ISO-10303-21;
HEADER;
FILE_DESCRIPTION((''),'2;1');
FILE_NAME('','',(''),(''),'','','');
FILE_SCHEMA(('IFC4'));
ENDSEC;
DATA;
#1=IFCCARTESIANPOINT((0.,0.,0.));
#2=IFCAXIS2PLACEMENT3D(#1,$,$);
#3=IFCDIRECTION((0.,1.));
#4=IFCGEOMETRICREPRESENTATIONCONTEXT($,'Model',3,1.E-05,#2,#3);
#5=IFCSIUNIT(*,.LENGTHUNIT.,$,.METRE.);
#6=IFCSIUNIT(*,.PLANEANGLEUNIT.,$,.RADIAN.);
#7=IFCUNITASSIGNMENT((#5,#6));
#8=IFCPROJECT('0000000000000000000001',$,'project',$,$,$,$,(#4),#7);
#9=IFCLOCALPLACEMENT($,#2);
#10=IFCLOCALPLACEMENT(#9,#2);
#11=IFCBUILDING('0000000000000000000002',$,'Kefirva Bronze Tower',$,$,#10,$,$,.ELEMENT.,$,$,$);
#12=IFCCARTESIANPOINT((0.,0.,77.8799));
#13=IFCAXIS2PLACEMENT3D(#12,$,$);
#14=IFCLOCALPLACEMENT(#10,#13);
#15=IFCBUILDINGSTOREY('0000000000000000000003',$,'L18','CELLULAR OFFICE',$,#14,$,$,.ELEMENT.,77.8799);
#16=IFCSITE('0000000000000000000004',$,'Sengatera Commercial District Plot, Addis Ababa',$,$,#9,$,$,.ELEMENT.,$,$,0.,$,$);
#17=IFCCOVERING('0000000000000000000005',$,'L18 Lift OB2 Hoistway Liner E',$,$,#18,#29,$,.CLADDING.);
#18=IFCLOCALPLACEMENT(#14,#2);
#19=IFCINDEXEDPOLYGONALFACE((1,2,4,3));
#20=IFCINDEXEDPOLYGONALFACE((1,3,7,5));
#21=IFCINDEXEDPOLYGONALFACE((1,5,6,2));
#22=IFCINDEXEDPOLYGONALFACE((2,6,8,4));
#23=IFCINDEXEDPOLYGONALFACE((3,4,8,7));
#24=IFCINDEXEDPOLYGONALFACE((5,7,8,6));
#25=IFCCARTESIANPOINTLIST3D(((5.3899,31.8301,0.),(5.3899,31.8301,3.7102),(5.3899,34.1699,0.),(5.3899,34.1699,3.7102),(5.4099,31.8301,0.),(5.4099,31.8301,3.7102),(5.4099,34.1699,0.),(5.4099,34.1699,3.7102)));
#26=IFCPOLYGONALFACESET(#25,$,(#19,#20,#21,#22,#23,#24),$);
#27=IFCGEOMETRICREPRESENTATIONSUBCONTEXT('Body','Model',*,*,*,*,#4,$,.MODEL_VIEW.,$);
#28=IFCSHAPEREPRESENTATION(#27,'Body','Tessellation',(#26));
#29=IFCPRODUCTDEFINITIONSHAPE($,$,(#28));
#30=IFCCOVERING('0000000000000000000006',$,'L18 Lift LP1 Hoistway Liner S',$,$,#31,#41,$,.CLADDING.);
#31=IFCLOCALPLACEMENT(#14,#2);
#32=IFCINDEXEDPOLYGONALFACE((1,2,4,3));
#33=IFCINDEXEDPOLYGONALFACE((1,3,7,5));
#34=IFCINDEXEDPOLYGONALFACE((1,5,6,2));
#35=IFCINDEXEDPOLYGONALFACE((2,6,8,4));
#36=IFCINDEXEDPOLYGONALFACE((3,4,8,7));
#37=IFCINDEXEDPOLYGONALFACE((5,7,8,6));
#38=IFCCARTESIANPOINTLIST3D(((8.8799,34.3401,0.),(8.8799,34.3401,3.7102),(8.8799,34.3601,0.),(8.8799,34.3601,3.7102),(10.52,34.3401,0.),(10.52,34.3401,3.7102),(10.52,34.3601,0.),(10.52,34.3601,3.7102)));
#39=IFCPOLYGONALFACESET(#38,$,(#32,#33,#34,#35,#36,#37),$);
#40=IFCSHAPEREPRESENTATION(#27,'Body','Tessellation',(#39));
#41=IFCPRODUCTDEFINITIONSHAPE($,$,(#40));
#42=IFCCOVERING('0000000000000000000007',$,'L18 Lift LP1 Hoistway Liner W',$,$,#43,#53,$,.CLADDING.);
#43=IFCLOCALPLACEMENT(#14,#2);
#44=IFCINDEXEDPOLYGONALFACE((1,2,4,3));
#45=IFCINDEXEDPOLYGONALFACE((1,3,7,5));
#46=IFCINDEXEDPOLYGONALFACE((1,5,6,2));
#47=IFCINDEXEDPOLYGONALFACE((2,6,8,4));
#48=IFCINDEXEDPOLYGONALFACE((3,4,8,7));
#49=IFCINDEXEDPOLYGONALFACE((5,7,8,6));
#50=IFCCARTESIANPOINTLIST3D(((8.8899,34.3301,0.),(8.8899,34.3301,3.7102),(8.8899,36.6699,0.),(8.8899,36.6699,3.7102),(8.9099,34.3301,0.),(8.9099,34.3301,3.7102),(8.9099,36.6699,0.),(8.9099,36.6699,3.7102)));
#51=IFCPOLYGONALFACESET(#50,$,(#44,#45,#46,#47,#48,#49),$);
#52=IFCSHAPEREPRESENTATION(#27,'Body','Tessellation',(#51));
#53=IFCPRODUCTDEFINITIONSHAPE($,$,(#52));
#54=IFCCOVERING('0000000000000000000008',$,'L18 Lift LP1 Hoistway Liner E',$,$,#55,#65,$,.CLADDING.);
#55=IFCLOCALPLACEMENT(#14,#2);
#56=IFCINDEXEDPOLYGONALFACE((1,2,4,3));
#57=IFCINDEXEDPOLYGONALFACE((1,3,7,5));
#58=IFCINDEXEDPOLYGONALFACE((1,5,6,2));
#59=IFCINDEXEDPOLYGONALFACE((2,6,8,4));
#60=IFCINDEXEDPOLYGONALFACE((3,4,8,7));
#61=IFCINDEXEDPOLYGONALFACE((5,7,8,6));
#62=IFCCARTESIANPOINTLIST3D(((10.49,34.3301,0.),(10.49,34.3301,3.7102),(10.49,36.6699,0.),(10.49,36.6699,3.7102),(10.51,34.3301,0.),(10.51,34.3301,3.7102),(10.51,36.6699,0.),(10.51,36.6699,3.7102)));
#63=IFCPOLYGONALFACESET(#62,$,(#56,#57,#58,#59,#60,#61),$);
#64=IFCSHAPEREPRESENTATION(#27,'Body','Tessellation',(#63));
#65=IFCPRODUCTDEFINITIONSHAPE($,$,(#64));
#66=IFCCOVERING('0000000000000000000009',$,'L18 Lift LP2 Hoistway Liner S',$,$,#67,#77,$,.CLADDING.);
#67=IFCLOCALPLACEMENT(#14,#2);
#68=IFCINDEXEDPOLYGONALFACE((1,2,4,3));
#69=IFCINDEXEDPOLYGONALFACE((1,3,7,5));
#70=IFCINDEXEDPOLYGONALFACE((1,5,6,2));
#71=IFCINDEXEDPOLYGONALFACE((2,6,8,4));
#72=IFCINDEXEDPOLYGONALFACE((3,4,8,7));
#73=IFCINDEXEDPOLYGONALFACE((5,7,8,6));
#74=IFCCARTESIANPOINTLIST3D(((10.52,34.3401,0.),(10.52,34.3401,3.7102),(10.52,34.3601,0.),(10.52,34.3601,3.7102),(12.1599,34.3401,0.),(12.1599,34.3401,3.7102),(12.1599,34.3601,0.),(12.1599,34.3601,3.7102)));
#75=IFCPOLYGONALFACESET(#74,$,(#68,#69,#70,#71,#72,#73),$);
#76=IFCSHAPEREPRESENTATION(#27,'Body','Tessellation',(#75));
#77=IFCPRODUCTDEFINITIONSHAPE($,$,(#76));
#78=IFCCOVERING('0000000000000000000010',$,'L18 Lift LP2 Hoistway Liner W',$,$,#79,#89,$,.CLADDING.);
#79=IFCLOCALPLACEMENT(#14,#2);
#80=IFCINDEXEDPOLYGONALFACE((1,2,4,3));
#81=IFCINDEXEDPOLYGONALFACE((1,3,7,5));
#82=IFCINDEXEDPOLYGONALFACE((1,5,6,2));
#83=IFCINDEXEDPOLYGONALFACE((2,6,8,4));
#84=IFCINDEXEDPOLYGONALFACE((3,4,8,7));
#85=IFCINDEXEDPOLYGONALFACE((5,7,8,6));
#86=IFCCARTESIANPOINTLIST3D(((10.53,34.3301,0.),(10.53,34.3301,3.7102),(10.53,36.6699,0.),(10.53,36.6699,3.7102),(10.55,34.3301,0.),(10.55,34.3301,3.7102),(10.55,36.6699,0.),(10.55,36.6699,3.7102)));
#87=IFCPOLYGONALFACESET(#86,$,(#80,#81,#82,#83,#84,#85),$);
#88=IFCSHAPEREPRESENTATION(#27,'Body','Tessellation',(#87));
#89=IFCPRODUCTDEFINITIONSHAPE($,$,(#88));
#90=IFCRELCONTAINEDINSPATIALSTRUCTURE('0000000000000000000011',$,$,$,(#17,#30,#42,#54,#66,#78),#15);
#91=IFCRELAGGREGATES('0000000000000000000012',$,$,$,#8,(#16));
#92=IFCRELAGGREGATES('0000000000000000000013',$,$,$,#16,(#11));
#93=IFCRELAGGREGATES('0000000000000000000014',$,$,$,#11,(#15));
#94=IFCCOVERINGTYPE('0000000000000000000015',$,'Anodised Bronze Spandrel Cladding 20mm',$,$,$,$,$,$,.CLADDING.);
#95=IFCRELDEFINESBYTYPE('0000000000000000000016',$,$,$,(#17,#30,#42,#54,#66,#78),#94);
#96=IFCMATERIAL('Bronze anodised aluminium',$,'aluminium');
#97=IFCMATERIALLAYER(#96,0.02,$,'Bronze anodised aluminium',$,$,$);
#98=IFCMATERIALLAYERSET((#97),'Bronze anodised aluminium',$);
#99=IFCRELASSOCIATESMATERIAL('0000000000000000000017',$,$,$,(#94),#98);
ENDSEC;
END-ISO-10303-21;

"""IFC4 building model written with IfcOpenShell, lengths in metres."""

from ifc_helpers import new_model, si_unit, direction, frame, origin, place, context, subcontext, project, spatial, polyline, outline, extrude, material, layer, layer_set, type_object, element, save


model = new_model("IFC4")

# Units and contexts
model_context = context("Model", 3, precision=1e-05, world=origin(), true_north=direction((0.0, 1.0)))
body_context = subcontext(model_context, "Body", "Model", "MODEL_VIEW")
ifc_project = project(units=[si_unit("LENGTHUNIT", "METRE"), si_unit("PLANEANGLEUNIT", "RADIAN")], contexts=[model_context])

# Site, building, storey
site_placement = place(None, origin())
site = spatial("IfcSite", under=ifc_project, at=site_placement, Name="Sengatera Commercial District Plot, Addis Ababa", CompositionType="ELEMENT", RefElevation=0.0)
building_placement = place(site_placement, origin())
building = spatial("IfcBuilding", under=site, at=building_placement, Name="Kefirva Bronze Tower", CompositionType="ELEMENT")
storey_placement = place(building_placement, frame((0.0, 0.0, 77.8799)))
storey = spatial("IfcBuildingStorey", under=building, at=storey_placement, Name="L18", Description="CELLULAR OFFICE", CompositionType="ELEMENT", Elevation=77.8799)

# Coverings
ifc_material_1 = material(Name="Bronze anodised aluminium", Category="aluminium")
ifc_layer_1 = layer(ifc_material_1, 0.02, Name="Bronze anodised aluminium")
ifc_layer_set_1 = layer_set([ifc_layer_1], Name="Bronze anodised aluminium")
covering_type = type_object("IfcCoveringType", Name="Anodised Bronze Spandrel Cladding 20mm", PredefinedType="CLADDING", material=ifc_layer_set_1)
covering_1_placement = place(storey_placement, origin())
element("IfcCovering", 1, at=covering_1_placement, inside=storey, type_object=covering_type, Name="L18 Lift OB2 Hoistway Liner E", PredefinedType="CLADDING", context=body_context, shape_type="SweptSolid", body=[
    extrude(outline(polyline([(5.3899, 31.8301), (5.4099, 31.8301), (5.4099, 34.1699), (5.3899, 34.1699), (5.3899, 31.8301)])), origin(), (0.0, 0.0, 1.0), 3.7102),
])
covering_2_placement = place(storey_placement, origin())
element("IfcCovering", 2, at=covering_2_placement, inside=storey, type_object=covering_type, Name="L18 Lift LP1 Hoistway Liner S", PredefinedType="CLADDING", context=body_context, shape_type="SweptSolid", body=[
    extrude(outline(polyline([(8.8799, 34.3401), (10.52, 34.3401), (10.52, 34.3601), (8.8799, 34.3601), (8.8799, 34.3401)])), origin(), (0.0, 0.0, 1.0), 3.7102),
])
covering_3_placement = place(storey_placement, origin())
element("IfcCovering", 3, at=covering_3_placement, inside=storey, type_object=covering_type, Name="L18 Lift LP1 Hoistway Liner W", PredefinedType="CLADDING", context=body_context, shape_type="SweptSolid", body=[
    extrude(outline(polyline([(8.8899, 34.3301), (8.9099, 34.3301), (8.9099, 36.6699), (8.8899, 36.6699), (8.8899, 34.3301)])), origin(), (0.0, 0.0, 1.0), 3.7102),
])
covering_4_placement = place(storey_placement, origin())
element("IfcCovering", 4, at=covering_4_placement, inside=storey, type_object=covering_type, Name="L18 Lift LP1 Hoistway Liner E", PredefinedType="CLADDING", context=body_context, shape_type="SweptSolid", body=[
    extrude(outline(polyline([(10.49, 34.3301), (10.51, 34.3301), (10.51, 36.6699), (10.49, 36.6699), (10.49, 34.3301)])), origin(), (0.0, 0.0, 1.0), 3.7102),
])
covering_5_placement = place(storey_placement, origin())
element("IfcCovering", 5, at=covering_5_placement, inside=storey, type_object=covering_type, Name="L18 Lift LP2 Hoistway Liner S", PredefinedType="CLADDING", context=body_context, shape_type="SweptSolid", body=[
    extrude(outline(polyline([(10.52, 34.3401), (12.1599, 34.3401), (12.1599, 34.3601), (10.52, 34.3601), (10.52, 34.3401)])), origin(), (0.0, 0.0, 1.0), 3.7102),
])
covering_6_placement = place(storey_placement, origin())
element("IfcCovering", 6, at=covering_6_placement, inside=storey, type_object=covering_type, Name="L18 Lift LP2 Hoistway Liner W", PredefinedType="CLADDING", context=body_context, shape_type="SweptSolid", body=[
    extrude(outline(polyline([(10.53, 34.3301), (10.55, 34.3301), (10.55, 36.6699), (10.53, 36.6699), (10.53, 34.3301)])), origin(), (0.0, 0.0, 1.0), 3.7102),
])

save(model, "model.ifc")
